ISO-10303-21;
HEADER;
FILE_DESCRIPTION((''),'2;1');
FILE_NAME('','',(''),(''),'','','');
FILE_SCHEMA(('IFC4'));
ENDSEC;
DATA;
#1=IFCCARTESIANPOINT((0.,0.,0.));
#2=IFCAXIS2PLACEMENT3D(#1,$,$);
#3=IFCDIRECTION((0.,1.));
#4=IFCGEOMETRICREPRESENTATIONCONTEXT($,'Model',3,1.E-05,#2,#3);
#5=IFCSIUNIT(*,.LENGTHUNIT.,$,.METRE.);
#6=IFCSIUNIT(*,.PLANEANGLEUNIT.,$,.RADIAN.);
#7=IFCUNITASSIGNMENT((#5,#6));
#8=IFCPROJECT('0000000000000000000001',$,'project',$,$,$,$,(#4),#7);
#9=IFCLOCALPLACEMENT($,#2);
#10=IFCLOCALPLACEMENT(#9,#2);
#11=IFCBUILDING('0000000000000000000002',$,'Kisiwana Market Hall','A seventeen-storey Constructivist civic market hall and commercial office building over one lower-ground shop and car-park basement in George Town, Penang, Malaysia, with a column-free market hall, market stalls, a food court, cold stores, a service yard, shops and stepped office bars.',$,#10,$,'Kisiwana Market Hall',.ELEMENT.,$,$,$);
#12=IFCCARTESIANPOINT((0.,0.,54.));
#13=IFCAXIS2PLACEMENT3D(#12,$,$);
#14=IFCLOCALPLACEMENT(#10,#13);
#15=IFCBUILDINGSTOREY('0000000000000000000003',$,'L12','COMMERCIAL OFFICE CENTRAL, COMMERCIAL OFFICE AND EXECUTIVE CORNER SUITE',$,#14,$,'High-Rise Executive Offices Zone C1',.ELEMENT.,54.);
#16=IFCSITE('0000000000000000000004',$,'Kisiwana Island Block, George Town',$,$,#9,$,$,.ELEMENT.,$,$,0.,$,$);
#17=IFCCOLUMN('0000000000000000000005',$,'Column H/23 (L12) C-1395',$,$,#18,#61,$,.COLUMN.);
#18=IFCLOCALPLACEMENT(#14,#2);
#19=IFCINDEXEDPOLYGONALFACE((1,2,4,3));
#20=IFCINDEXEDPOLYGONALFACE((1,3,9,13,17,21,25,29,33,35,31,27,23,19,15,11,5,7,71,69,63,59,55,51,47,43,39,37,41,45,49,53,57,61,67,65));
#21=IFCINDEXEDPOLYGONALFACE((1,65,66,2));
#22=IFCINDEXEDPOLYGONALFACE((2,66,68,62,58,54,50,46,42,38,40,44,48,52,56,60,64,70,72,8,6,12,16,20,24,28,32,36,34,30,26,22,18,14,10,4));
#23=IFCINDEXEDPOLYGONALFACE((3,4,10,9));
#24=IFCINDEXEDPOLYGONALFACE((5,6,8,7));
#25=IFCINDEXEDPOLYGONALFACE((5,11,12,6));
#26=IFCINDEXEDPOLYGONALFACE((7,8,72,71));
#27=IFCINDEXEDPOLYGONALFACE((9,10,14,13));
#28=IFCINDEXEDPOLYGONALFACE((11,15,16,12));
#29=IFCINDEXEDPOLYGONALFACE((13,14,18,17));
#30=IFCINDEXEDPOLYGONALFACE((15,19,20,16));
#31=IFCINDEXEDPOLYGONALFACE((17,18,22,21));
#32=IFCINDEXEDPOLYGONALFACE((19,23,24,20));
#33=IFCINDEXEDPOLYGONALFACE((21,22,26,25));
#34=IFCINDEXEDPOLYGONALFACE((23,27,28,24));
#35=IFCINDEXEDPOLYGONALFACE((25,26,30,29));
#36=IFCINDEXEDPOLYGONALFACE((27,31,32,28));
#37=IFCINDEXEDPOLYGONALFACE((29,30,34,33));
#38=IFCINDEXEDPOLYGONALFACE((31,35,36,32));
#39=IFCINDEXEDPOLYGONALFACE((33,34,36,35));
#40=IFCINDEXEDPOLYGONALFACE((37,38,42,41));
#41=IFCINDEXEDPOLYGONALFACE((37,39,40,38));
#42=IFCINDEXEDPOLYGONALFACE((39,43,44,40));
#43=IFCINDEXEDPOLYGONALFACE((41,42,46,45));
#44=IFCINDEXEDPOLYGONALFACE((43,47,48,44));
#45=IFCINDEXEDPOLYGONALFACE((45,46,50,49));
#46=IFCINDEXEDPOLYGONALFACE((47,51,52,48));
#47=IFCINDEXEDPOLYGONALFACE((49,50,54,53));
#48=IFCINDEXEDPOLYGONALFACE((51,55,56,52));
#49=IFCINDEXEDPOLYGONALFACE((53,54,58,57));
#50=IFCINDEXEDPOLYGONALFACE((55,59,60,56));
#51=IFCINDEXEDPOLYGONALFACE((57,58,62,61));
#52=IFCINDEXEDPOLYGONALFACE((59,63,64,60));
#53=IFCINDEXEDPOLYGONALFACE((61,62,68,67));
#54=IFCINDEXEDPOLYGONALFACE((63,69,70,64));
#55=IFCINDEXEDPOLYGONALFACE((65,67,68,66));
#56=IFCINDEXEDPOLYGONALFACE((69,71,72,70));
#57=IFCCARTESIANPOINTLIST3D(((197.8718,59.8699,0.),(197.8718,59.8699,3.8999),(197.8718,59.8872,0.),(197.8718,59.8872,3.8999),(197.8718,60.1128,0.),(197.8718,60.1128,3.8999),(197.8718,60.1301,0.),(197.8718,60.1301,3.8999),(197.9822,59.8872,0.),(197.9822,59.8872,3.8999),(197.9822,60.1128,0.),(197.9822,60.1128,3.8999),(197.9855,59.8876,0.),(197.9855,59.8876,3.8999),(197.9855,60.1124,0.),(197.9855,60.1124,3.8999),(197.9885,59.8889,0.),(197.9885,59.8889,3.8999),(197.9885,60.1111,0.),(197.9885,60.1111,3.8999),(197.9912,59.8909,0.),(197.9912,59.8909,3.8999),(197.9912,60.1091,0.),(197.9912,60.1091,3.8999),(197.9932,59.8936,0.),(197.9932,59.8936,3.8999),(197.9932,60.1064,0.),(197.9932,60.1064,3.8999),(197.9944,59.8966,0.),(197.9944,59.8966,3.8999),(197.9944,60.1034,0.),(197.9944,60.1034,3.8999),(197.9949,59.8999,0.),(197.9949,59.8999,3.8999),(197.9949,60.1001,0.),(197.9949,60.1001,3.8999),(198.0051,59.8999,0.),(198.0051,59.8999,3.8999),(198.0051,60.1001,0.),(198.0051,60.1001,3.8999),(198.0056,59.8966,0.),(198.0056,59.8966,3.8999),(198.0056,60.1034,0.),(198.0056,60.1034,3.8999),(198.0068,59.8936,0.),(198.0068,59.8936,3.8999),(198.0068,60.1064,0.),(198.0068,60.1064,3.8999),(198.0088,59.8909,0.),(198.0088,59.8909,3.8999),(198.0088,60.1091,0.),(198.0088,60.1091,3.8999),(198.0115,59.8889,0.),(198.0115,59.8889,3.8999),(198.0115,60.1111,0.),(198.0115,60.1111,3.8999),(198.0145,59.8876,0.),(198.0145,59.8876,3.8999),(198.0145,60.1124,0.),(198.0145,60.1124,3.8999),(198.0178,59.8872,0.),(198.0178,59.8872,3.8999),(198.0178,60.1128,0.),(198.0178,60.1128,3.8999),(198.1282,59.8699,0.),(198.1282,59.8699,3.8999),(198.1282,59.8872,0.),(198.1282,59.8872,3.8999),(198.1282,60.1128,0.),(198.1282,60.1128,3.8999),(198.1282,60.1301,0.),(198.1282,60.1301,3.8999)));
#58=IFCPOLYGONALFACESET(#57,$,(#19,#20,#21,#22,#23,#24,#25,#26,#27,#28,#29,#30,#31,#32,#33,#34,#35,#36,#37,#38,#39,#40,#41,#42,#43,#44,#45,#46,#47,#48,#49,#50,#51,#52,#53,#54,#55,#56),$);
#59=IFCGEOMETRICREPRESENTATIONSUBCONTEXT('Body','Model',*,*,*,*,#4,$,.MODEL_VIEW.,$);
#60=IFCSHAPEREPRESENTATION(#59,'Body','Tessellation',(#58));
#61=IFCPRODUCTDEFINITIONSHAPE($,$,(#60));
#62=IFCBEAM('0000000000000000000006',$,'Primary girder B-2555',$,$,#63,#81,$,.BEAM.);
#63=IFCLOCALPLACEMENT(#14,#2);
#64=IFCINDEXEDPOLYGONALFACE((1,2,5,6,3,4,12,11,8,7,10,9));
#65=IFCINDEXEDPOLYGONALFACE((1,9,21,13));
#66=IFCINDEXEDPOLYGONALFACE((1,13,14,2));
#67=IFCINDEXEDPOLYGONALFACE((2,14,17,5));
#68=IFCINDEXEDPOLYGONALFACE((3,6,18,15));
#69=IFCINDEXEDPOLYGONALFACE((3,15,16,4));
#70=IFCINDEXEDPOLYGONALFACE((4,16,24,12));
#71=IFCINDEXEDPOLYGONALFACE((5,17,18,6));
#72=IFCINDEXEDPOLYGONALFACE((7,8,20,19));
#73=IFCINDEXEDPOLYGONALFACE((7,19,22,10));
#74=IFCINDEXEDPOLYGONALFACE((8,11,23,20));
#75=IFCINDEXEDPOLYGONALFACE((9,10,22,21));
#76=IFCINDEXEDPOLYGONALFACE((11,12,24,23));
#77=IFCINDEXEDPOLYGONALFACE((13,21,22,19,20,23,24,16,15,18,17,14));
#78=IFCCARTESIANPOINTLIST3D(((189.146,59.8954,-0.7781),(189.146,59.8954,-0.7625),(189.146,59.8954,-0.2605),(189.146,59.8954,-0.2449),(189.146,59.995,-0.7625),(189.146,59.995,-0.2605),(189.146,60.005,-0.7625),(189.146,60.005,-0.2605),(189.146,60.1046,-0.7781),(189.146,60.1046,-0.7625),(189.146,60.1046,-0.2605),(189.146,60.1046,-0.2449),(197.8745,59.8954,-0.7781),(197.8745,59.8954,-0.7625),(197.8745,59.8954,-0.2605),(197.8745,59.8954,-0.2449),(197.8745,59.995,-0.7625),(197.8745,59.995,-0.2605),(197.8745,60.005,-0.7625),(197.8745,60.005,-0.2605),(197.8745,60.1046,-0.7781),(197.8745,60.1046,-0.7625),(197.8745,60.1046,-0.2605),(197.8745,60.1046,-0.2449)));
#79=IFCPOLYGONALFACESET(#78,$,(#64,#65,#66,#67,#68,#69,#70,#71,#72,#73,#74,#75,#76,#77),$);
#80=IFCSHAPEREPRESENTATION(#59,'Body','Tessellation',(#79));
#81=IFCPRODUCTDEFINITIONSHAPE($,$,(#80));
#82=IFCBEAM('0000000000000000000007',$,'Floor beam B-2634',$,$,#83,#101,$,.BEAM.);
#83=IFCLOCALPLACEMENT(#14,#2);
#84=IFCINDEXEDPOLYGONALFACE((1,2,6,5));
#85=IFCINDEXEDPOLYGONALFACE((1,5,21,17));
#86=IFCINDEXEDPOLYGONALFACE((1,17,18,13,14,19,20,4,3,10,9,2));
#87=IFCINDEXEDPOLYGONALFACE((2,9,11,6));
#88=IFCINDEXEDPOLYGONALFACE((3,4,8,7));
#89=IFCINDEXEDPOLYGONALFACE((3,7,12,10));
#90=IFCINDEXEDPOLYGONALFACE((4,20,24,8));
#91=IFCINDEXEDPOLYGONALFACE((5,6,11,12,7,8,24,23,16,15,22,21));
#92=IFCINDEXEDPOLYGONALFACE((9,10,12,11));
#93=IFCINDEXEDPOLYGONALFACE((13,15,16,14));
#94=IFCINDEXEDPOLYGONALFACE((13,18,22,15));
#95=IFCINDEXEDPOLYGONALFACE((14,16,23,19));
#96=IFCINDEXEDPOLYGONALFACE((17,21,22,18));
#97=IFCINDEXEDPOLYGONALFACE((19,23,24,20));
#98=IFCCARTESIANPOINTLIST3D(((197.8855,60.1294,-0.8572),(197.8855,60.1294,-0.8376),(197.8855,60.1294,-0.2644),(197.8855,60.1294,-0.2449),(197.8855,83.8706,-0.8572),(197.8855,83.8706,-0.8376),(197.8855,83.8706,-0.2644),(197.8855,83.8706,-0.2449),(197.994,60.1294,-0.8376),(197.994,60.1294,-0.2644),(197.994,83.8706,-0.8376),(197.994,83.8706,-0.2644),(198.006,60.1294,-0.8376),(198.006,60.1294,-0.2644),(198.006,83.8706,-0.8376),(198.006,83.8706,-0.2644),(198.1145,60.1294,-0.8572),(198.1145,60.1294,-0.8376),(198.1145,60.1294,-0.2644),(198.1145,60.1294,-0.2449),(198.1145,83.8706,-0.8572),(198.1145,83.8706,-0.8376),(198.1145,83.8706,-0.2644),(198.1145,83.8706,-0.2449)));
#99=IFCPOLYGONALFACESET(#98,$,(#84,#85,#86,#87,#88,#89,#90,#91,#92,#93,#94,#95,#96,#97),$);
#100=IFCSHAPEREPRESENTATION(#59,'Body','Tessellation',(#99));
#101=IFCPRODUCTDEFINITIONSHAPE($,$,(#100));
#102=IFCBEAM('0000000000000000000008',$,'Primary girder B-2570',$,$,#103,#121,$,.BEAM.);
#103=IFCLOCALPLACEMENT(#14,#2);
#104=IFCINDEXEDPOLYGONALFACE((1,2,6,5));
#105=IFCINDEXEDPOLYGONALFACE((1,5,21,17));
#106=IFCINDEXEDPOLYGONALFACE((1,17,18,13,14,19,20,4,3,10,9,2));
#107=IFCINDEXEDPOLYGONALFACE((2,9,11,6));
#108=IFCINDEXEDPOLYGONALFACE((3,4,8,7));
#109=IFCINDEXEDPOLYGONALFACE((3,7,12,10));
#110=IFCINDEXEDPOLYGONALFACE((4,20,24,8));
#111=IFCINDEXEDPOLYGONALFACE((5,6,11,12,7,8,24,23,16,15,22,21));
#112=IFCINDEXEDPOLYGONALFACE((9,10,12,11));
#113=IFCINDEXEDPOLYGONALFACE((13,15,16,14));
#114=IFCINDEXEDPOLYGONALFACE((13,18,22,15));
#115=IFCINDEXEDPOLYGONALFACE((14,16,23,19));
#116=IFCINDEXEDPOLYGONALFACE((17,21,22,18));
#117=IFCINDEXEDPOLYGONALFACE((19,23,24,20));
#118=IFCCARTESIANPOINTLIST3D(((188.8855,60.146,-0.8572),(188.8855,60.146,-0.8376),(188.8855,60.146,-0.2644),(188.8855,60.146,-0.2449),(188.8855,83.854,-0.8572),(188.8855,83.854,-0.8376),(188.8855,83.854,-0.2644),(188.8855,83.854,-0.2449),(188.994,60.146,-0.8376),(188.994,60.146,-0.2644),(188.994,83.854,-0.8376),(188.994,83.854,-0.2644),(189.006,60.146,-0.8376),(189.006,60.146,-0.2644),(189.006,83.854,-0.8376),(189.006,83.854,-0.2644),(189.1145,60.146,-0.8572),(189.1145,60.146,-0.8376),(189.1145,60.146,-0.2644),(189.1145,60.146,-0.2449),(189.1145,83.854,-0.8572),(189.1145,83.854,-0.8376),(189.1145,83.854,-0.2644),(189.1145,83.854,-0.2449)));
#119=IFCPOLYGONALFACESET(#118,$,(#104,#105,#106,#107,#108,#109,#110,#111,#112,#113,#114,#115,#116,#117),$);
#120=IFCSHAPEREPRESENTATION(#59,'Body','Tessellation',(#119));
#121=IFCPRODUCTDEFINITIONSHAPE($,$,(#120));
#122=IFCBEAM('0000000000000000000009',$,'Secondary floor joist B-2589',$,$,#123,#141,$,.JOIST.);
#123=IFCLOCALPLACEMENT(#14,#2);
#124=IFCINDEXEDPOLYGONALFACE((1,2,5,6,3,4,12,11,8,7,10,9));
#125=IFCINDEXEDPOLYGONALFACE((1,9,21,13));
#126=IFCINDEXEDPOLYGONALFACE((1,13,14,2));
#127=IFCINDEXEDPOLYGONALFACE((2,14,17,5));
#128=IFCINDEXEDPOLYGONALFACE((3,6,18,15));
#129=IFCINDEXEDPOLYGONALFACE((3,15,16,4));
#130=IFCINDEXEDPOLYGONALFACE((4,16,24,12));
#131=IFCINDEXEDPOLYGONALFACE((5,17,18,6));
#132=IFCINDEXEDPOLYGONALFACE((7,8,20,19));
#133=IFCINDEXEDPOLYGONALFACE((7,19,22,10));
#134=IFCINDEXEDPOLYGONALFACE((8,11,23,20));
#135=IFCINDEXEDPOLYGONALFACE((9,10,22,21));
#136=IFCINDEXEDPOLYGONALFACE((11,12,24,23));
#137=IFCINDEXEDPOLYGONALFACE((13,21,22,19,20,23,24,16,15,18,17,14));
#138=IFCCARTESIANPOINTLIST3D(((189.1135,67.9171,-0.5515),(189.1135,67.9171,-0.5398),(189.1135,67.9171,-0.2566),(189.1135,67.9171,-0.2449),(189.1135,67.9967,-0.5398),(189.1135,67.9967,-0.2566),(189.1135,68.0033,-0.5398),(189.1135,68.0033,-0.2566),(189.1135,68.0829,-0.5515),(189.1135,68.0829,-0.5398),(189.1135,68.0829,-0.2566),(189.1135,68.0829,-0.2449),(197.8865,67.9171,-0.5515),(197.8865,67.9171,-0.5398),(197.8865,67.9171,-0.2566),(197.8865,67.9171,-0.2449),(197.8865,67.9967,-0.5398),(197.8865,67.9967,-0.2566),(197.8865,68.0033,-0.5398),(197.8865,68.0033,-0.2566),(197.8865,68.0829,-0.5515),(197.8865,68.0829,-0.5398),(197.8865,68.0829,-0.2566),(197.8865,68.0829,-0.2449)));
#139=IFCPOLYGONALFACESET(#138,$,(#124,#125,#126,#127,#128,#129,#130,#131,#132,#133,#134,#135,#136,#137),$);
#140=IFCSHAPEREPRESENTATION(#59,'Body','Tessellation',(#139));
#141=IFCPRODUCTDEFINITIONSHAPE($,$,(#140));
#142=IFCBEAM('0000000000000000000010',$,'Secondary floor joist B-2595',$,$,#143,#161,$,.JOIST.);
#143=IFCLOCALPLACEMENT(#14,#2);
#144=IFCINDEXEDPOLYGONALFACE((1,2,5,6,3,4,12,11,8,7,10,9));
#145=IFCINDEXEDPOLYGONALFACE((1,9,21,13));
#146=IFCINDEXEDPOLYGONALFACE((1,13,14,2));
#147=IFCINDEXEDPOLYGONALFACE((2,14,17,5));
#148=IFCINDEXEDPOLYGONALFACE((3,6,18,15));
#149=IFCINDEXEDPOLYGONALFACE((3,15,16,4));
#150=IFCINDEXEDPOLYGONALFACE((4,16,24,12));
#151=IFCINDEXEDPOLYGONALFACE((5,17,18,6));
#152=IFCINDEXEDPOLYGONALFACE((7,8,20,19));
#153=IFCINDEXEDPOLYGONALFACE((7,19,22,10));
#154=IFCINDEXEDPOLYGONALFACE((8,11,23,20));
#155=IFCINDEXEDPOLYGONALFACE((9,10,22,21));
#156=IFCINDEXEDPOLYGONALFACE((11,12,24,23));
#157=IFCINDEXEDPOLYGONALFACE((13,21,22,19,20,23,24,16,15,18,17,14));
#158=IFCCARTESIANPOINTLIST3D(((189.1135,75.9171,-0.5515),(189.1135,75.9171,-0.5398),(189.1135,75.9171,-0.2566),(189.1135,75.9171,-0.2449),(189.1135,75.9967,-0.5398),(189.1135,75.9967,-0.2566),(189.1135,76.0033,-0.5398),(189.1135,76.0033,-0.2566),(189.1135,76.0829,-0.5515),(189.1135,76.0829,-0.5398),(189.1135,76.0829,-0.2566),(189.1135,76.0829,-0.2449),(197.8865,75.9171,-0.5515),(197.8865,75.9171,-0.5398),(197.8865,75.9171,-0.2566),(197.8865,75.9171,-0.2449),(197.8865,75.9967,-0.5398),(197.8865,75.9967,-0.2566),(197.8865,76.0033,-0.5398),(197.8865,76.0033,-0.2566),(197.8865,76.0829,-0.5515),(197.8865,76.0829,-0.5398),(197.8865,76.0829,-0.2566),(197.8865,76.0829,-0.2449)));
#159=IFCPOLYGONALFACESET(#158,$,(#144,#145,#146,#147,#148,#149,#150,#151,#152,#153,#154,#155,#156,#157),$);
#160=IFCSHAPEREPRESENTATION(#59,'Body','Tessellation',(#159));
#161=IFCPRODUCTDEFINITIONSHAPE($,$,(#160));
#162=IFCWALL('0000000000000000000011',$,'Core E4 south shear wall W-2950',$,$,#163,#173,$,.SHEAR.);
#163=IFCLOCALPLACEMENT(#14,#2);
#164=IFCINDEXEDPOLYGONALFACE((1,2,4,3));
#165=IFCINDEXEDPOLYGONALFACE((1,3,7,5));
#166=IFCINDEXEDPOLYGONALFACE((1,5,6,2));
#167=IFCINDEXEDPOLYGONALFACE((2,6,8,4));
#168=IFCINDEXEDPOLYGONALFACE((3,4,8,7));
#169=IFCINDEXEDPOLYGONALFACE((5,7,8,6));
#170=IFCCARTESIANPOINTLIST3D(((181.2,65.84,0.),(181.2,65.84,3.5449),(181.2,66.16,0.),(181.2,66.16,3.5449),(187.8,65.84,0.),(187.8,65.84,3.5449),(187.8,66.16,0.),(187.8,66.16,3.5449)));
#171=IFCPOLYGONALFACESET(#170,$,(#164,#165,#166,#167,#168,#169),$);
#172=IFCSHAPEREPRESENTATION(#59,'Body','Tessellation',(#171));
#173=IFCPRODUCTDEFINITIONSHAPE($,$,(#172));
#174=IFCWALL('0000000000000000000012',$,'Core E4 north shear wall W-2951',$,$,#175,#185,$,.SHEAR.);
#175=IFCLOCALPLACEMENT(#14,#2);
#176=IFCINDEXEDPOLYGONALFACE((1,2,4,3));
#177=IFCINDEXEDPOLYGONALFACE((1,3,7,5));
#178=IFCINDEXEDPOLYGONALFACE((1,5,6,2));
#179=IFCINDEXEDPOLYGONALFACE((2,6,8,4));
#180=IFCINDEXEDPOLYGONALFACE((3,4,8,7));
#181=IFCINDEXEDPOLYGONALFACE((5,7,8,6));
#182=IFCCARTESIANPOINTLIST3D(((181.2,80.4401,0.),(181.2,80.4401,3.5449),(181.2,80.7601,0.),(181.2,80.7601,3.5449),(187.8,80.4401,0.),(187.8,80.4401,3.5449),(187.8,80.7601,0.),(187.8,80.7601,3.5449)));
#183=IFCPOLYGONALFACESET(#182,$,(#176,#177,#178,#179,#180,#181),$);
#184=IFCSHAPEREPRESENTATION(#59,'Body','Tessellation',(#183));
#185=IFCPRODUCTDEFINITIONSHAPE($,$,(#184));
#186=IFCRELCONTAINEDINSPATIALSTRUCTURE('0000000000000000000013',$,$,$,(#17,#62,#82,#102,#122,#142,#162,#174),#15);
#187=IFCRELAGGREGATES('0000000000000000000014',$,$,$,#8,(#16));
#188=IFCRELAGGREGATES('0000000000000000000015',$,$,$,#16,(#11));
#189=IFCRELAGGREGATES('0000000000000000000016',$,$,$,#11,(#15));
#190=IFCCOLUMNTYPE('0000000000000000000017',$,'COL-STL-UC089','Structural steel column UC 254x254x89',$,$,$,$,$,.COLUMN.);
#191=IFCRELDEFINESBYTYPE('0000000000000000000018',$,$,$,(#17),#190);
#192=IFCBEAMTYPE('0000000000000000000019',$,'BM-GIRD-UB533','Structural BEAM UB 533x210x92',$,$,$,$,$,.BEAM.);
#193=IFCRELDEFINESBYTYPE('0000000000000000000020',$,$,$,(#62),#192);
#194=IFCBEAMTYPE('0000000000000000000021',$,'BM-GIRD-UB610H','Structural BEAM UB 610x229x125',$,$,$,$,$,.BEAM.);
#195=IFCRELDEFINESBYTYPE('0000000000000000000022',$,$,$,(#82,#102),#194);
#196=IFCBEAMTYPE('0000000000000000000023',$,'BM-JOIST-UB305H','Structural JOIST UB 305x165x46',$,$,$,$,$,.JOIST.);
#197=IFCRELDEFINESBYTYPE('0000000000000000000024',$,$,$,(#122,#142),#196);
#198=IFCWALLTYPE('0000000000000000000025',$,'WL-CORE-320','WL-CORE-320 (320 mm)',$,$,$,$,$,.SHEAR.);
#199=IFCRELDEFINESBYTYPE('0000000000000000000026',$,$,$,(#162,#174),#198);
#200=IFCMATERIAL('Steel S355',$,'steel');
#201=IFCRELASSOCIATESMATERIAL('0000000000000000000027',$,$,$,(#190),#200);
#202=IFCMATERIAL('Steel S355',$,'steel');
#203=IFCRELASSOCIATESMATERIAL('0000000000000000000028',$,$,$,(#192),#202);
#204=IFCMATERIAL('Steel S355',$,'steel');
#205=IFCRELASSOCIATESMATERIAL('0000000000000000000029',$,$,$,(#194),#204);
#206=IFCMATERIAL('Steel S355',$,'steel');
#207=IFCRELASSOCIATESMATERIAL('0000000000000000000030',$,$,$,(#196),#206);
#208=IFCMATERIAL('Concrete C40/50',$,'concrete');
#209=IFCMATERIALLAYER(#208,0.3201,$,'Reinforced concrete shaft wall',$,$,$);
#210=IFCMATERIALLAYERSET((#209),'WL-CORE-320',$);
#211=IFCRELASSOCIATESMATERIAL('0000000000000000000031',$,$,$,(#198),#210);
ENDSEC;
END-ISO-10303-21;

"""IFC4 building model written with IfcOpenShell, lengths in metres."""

from ifc_helpers import new_model, si_unit, direction, frame, frame_2d, origin, origin_2d, place, context, subcontext, project, spatial, rectangle, i_section, extrude, material, layer, layer_set, material_profile, profile_set, type_object, element, save


model = new_model("IFC4")

# Units and contexts
model_context = context("Model", 3, precision=1e-05, world=origin(), true_north=direction((0.0, 1.0)))
body_context = subcontext(model_context, "Body", "Model", "MODEL_VIEW")
ifc_project = project(units=[si_unit("LENGTHUNIT", "METRE"), si_unit("PLANEANGLEUNIT", "RADIAN")], contexts=[model_context])

# Site, building, storey
site_placement = place(None, origin())
site = spatial("IfcSite", under=ifc_project, at=site_placement, Name="Kisiwana Island Block, George Town", CompositionType="ELEMENT", RefElevation=0.0)
building_placement = place(site_placement, origin())
building = spatial("IfcBuilding", under=site, at=building_placement, Name="Kisiwana Market Hall", Description="A seventeen-storey Constructivist civic market hall and commercial office building over one lower-ground shop and car-park basement in George Town, Penang, Malaysia, with a column-free market hall, market stalls, a food court, cold stores, a service yard, shops and stepped office bars.", LongName="Kisiwana Market Hall", CompositionType="ELEMENT")
storey_placement = place(building_placement, frame((0.0, 0.0, 54.0)))
storey = spatial("IfcBuildingStorey", under=building, at=storey_placement, Name="L12", Description="COMMERCIAL OFFICE CENTRAL, COMMERCIAL OFFICE AND EXECUTIVE CORNER SUITE", LongName="High-Rise Executive Offices Zone C1", CompositionType="ELEMENT", Elevation=54.0)

# Column
ifc_material_1 = material(Name="Steel S355", Category="steel")
ifc_material_profile_1 = material_profile(ifc_material_1, i_section(OverallWidth=0.2563, OverallDepth=0.2603, WebThickness=0.0103, FlangeThickness=0.0173, FilletRadius=0.0127, at=origin_2d()), Name="UC 254x254x89")
ifc_profile_set_1 = profile_set([ifc_material_profile_1], Name="Steel S355")
column_type = type_object("IfcColumnType", Name="COL-STL-UC089", Description="Structural steel column UC 254x254x89", PredefinedType="COLUMN", material=ifc_profile_set_1)
column_placement = place(storey_placement, frame((198.0, 60.0, 0.0), z_axis=(0.0, 0.0, 1.0), x_axis=(1.0, 0.0, 0.0)))
element("IfcColumn", 1, at=column_placement, inside=storey, type_object=column_type, Name="Column H/23 (L12) C-1395", PredefinedType="COLUMN", context=body_context, shape_type="SweptSolid", body=[
    extrude(i_section(OverallWidth=0.2563, OverallDepth=0.2603, WebThickness=0.0103, FlangeThickness=0.0173, FilletRadius=0.0127, at=origin_2d()), origin(), (0.0, 0.0, 1.0), 3.8999),
])

# Beams
ifc_material_2 = material(Name="Steel S355", Category="steel")
ifc_material_profile_2 = material_profile(ifc_material_2, i_section(OverallWidth=0.2092, OverallDepth=0.5332, WebThickness=0.01, FlangeThickness=0.0156, at=origin_2d()), Name="UB 533x210x92")
ifc_profile_set_2 = profile_set([ifc_material_profile_2], Name="Steel S355")
beam_type_1 = type_object("IfcBeamType", Name="BM-GIRD-UB533", Description="Structural BEAM UB 533x210x92", PredefinedType="BEAM", material=ifc_profile_set_2)
beam_1_placement = place(storey_placement, frame((189.146, 60.0, -0.5115), z_axis=(1.0, 0.0, 0.0), x_axis=(0.0, 1.0, 0.0)))
element("IfcBeam", 2, at=beam_1_placement, inside=storey, type_object=beam_type_1, Name="Primary girder B-2555", PredefinedType="BEAM", context=body_context, shape_type="SweptSolid", body=[
    extrude(i_section(OverallWidth=0.2092, OverallDepth=0.5332, WebThickness=0.01, FlangeThickness=0.0156, at=origin_2d()), origin(), (0.0, 0.0, 1.0), 8.7285),
])
ifc_material_3 = material(Name="Steel S355", Category="steel")
ifc_material_profile_3 = material_profile(ifc_material_3, i_section(OverallWidth=0.229, OverallDepth=0.6123, WebThickness=0.012, FlangeThickness=0.0195, at=origin_2d()), Name="UB 610x229x125")
ifc_profile_set_3 = profile_set([ifc_material_profile_3], Name="Steel S355")
beam_type_2 = type_object("IfcBeamType", Name="BM-GIRD-UB610H", Description="Structural BEAM UB 610x229x125", PredefinedType="BEAM", material=ifc_profile_set_3)
beam_2_placement = place(storey_placement, frame((198.0, 60.1294, -0.551), z_axis=(0.0, 1.0, 0.0), x_axis=(-1.0, 0.0, 0.0)))
element("IfcBeam", 3, at=beam_2_placement, inside=storey, type_object=beam_type_2, Name="Floor beam B-2634", PredefinedType="BEAM", context=body_context, shape_type="SweptSolid", body=[
    extrude(i_section(OverallWidth=0.229, OverallDepth=0.6123, WebThickness=0.012, FlangeThickness=0.0195, at=origin_2d()), origin(), (0.0, 0.0, 1.0), 23.7412),
])
beam_3_placement = place(storey_placement, frame((189.0, 60.146, -0.551), z_axis=(0.0, 1.0, 0.0), x_axis=(-1.0, 0.0, 0.0)))
element("IfcBeam", 4, at=beam_3_placement, inside=storey, type_object=beam_type_2, Name="Primary girder B-2570", PredefinedType="BEAM", context=body_context, shape_type="SweptSolid", body=[
    extrude(i_section(OverallWidth=0.229, OverallDepth=0.6123, WebThickness=0.012, FlangeThickness=0.0195, at=origin_2d()), origin(), (0.0, 0.0, 1.0), 23.708),
])
ifc_material_4 = material(Name="Steel S355", Category="steel")
ifc_material_profile_4 = material_profile(ifc_material_4, i_section(OverallWidth=0.1658, OverallDepth=0.3066, WebThickness=0.0066, FlangeThickness=0.0117, at=origin_2d()), Name="UB 305x165x46")
ifc_profile_set_4 = profile_set([ifc_material_profile_4], Name="Steel S355")
beam_type_3 = type_object("IfcBeamType", Name="BM-JOIST-UB305H", Description="Structural JOIST UB 305x165x46", PredefinedType="JOIST", material=ifc_profile_set_4)
for number, where, z_axis, x_axis, name in (
    (5, (189.1135, 68.0, -0.3982), (1.0, 0.0, 0.0), (0.0, 1.0, 0.0), "Secondary floor joist B-2589"),
    (6, (189.1135, 76.0, -0.3982), (1.0, 0.0, 0.0), (0.0, 1.0, 0.0), "Secondary floor joist B-2595"),
):
    element("IfcBeam", number, at=place(storey_placement, frame(where, z_axis=z_axis, x_axis=x_axis)), inside=storey, type_object=beam_type_3, Name=name, PredefinedType="JOIST", context=body_context, shape_type="SweptSolid", body=[
        extrude(i_section(OverallWidth=0.1658, OverallDepth=0.3066, WebThickness=0.0066, FlangeThickness=0.0117, at=origin_2d()), origin(), (0.0, 0.0, 1.0), 8.7729),
    ])

# Walls
ifc_material_5 = material(Name="Concrete C40/50", Category="concrete")
ifc_layer_1 = layer(ifc_material_5, 0.3201, Name="Reinforced concrete shaft wall")
ifc_layer_set_1 = layer_set([ifc_layer_1], Name="WL-CORE-320")
wall_type_1 = type_object("IfcWallType", Name="WL-CORE-320", Description="WL-CORE-320 (320 mm)", PredefinedType="SHEAR", material=ifc_layer_set_1)
for number, where, z_axis, x_axis, name in (
    (7, (181.2, 66.0, 0.0), (0.0, 0.0, 1.0), (1.0, 0.0, 0.0), "Core E4 south shear wall W-2950"),
    (8, (181.2, 80.6001, 0.0), (0.0, 0.0, 1.0), (1.0, 0.0, 0.0), "Core E4 north shear wall W-2951"),
):
    element("IfcWall", number, at=place(storey_placement, frame(where, z_axis=z_axis, x_axis=x_axis)), inside=storey, type_object=wall_type_1, Name=name, PredefinedType="SHEAR", context=body_context, shape_type="SweptSolid", body=[
        extrude(rectangle(XDim=6.6001, YDim=0.3201, at=frame_2d((3.3, 0.0))), origin(), (0.0, 0.0, 1.0), 3.5449),
    ])

save(model, "model.ifc")
